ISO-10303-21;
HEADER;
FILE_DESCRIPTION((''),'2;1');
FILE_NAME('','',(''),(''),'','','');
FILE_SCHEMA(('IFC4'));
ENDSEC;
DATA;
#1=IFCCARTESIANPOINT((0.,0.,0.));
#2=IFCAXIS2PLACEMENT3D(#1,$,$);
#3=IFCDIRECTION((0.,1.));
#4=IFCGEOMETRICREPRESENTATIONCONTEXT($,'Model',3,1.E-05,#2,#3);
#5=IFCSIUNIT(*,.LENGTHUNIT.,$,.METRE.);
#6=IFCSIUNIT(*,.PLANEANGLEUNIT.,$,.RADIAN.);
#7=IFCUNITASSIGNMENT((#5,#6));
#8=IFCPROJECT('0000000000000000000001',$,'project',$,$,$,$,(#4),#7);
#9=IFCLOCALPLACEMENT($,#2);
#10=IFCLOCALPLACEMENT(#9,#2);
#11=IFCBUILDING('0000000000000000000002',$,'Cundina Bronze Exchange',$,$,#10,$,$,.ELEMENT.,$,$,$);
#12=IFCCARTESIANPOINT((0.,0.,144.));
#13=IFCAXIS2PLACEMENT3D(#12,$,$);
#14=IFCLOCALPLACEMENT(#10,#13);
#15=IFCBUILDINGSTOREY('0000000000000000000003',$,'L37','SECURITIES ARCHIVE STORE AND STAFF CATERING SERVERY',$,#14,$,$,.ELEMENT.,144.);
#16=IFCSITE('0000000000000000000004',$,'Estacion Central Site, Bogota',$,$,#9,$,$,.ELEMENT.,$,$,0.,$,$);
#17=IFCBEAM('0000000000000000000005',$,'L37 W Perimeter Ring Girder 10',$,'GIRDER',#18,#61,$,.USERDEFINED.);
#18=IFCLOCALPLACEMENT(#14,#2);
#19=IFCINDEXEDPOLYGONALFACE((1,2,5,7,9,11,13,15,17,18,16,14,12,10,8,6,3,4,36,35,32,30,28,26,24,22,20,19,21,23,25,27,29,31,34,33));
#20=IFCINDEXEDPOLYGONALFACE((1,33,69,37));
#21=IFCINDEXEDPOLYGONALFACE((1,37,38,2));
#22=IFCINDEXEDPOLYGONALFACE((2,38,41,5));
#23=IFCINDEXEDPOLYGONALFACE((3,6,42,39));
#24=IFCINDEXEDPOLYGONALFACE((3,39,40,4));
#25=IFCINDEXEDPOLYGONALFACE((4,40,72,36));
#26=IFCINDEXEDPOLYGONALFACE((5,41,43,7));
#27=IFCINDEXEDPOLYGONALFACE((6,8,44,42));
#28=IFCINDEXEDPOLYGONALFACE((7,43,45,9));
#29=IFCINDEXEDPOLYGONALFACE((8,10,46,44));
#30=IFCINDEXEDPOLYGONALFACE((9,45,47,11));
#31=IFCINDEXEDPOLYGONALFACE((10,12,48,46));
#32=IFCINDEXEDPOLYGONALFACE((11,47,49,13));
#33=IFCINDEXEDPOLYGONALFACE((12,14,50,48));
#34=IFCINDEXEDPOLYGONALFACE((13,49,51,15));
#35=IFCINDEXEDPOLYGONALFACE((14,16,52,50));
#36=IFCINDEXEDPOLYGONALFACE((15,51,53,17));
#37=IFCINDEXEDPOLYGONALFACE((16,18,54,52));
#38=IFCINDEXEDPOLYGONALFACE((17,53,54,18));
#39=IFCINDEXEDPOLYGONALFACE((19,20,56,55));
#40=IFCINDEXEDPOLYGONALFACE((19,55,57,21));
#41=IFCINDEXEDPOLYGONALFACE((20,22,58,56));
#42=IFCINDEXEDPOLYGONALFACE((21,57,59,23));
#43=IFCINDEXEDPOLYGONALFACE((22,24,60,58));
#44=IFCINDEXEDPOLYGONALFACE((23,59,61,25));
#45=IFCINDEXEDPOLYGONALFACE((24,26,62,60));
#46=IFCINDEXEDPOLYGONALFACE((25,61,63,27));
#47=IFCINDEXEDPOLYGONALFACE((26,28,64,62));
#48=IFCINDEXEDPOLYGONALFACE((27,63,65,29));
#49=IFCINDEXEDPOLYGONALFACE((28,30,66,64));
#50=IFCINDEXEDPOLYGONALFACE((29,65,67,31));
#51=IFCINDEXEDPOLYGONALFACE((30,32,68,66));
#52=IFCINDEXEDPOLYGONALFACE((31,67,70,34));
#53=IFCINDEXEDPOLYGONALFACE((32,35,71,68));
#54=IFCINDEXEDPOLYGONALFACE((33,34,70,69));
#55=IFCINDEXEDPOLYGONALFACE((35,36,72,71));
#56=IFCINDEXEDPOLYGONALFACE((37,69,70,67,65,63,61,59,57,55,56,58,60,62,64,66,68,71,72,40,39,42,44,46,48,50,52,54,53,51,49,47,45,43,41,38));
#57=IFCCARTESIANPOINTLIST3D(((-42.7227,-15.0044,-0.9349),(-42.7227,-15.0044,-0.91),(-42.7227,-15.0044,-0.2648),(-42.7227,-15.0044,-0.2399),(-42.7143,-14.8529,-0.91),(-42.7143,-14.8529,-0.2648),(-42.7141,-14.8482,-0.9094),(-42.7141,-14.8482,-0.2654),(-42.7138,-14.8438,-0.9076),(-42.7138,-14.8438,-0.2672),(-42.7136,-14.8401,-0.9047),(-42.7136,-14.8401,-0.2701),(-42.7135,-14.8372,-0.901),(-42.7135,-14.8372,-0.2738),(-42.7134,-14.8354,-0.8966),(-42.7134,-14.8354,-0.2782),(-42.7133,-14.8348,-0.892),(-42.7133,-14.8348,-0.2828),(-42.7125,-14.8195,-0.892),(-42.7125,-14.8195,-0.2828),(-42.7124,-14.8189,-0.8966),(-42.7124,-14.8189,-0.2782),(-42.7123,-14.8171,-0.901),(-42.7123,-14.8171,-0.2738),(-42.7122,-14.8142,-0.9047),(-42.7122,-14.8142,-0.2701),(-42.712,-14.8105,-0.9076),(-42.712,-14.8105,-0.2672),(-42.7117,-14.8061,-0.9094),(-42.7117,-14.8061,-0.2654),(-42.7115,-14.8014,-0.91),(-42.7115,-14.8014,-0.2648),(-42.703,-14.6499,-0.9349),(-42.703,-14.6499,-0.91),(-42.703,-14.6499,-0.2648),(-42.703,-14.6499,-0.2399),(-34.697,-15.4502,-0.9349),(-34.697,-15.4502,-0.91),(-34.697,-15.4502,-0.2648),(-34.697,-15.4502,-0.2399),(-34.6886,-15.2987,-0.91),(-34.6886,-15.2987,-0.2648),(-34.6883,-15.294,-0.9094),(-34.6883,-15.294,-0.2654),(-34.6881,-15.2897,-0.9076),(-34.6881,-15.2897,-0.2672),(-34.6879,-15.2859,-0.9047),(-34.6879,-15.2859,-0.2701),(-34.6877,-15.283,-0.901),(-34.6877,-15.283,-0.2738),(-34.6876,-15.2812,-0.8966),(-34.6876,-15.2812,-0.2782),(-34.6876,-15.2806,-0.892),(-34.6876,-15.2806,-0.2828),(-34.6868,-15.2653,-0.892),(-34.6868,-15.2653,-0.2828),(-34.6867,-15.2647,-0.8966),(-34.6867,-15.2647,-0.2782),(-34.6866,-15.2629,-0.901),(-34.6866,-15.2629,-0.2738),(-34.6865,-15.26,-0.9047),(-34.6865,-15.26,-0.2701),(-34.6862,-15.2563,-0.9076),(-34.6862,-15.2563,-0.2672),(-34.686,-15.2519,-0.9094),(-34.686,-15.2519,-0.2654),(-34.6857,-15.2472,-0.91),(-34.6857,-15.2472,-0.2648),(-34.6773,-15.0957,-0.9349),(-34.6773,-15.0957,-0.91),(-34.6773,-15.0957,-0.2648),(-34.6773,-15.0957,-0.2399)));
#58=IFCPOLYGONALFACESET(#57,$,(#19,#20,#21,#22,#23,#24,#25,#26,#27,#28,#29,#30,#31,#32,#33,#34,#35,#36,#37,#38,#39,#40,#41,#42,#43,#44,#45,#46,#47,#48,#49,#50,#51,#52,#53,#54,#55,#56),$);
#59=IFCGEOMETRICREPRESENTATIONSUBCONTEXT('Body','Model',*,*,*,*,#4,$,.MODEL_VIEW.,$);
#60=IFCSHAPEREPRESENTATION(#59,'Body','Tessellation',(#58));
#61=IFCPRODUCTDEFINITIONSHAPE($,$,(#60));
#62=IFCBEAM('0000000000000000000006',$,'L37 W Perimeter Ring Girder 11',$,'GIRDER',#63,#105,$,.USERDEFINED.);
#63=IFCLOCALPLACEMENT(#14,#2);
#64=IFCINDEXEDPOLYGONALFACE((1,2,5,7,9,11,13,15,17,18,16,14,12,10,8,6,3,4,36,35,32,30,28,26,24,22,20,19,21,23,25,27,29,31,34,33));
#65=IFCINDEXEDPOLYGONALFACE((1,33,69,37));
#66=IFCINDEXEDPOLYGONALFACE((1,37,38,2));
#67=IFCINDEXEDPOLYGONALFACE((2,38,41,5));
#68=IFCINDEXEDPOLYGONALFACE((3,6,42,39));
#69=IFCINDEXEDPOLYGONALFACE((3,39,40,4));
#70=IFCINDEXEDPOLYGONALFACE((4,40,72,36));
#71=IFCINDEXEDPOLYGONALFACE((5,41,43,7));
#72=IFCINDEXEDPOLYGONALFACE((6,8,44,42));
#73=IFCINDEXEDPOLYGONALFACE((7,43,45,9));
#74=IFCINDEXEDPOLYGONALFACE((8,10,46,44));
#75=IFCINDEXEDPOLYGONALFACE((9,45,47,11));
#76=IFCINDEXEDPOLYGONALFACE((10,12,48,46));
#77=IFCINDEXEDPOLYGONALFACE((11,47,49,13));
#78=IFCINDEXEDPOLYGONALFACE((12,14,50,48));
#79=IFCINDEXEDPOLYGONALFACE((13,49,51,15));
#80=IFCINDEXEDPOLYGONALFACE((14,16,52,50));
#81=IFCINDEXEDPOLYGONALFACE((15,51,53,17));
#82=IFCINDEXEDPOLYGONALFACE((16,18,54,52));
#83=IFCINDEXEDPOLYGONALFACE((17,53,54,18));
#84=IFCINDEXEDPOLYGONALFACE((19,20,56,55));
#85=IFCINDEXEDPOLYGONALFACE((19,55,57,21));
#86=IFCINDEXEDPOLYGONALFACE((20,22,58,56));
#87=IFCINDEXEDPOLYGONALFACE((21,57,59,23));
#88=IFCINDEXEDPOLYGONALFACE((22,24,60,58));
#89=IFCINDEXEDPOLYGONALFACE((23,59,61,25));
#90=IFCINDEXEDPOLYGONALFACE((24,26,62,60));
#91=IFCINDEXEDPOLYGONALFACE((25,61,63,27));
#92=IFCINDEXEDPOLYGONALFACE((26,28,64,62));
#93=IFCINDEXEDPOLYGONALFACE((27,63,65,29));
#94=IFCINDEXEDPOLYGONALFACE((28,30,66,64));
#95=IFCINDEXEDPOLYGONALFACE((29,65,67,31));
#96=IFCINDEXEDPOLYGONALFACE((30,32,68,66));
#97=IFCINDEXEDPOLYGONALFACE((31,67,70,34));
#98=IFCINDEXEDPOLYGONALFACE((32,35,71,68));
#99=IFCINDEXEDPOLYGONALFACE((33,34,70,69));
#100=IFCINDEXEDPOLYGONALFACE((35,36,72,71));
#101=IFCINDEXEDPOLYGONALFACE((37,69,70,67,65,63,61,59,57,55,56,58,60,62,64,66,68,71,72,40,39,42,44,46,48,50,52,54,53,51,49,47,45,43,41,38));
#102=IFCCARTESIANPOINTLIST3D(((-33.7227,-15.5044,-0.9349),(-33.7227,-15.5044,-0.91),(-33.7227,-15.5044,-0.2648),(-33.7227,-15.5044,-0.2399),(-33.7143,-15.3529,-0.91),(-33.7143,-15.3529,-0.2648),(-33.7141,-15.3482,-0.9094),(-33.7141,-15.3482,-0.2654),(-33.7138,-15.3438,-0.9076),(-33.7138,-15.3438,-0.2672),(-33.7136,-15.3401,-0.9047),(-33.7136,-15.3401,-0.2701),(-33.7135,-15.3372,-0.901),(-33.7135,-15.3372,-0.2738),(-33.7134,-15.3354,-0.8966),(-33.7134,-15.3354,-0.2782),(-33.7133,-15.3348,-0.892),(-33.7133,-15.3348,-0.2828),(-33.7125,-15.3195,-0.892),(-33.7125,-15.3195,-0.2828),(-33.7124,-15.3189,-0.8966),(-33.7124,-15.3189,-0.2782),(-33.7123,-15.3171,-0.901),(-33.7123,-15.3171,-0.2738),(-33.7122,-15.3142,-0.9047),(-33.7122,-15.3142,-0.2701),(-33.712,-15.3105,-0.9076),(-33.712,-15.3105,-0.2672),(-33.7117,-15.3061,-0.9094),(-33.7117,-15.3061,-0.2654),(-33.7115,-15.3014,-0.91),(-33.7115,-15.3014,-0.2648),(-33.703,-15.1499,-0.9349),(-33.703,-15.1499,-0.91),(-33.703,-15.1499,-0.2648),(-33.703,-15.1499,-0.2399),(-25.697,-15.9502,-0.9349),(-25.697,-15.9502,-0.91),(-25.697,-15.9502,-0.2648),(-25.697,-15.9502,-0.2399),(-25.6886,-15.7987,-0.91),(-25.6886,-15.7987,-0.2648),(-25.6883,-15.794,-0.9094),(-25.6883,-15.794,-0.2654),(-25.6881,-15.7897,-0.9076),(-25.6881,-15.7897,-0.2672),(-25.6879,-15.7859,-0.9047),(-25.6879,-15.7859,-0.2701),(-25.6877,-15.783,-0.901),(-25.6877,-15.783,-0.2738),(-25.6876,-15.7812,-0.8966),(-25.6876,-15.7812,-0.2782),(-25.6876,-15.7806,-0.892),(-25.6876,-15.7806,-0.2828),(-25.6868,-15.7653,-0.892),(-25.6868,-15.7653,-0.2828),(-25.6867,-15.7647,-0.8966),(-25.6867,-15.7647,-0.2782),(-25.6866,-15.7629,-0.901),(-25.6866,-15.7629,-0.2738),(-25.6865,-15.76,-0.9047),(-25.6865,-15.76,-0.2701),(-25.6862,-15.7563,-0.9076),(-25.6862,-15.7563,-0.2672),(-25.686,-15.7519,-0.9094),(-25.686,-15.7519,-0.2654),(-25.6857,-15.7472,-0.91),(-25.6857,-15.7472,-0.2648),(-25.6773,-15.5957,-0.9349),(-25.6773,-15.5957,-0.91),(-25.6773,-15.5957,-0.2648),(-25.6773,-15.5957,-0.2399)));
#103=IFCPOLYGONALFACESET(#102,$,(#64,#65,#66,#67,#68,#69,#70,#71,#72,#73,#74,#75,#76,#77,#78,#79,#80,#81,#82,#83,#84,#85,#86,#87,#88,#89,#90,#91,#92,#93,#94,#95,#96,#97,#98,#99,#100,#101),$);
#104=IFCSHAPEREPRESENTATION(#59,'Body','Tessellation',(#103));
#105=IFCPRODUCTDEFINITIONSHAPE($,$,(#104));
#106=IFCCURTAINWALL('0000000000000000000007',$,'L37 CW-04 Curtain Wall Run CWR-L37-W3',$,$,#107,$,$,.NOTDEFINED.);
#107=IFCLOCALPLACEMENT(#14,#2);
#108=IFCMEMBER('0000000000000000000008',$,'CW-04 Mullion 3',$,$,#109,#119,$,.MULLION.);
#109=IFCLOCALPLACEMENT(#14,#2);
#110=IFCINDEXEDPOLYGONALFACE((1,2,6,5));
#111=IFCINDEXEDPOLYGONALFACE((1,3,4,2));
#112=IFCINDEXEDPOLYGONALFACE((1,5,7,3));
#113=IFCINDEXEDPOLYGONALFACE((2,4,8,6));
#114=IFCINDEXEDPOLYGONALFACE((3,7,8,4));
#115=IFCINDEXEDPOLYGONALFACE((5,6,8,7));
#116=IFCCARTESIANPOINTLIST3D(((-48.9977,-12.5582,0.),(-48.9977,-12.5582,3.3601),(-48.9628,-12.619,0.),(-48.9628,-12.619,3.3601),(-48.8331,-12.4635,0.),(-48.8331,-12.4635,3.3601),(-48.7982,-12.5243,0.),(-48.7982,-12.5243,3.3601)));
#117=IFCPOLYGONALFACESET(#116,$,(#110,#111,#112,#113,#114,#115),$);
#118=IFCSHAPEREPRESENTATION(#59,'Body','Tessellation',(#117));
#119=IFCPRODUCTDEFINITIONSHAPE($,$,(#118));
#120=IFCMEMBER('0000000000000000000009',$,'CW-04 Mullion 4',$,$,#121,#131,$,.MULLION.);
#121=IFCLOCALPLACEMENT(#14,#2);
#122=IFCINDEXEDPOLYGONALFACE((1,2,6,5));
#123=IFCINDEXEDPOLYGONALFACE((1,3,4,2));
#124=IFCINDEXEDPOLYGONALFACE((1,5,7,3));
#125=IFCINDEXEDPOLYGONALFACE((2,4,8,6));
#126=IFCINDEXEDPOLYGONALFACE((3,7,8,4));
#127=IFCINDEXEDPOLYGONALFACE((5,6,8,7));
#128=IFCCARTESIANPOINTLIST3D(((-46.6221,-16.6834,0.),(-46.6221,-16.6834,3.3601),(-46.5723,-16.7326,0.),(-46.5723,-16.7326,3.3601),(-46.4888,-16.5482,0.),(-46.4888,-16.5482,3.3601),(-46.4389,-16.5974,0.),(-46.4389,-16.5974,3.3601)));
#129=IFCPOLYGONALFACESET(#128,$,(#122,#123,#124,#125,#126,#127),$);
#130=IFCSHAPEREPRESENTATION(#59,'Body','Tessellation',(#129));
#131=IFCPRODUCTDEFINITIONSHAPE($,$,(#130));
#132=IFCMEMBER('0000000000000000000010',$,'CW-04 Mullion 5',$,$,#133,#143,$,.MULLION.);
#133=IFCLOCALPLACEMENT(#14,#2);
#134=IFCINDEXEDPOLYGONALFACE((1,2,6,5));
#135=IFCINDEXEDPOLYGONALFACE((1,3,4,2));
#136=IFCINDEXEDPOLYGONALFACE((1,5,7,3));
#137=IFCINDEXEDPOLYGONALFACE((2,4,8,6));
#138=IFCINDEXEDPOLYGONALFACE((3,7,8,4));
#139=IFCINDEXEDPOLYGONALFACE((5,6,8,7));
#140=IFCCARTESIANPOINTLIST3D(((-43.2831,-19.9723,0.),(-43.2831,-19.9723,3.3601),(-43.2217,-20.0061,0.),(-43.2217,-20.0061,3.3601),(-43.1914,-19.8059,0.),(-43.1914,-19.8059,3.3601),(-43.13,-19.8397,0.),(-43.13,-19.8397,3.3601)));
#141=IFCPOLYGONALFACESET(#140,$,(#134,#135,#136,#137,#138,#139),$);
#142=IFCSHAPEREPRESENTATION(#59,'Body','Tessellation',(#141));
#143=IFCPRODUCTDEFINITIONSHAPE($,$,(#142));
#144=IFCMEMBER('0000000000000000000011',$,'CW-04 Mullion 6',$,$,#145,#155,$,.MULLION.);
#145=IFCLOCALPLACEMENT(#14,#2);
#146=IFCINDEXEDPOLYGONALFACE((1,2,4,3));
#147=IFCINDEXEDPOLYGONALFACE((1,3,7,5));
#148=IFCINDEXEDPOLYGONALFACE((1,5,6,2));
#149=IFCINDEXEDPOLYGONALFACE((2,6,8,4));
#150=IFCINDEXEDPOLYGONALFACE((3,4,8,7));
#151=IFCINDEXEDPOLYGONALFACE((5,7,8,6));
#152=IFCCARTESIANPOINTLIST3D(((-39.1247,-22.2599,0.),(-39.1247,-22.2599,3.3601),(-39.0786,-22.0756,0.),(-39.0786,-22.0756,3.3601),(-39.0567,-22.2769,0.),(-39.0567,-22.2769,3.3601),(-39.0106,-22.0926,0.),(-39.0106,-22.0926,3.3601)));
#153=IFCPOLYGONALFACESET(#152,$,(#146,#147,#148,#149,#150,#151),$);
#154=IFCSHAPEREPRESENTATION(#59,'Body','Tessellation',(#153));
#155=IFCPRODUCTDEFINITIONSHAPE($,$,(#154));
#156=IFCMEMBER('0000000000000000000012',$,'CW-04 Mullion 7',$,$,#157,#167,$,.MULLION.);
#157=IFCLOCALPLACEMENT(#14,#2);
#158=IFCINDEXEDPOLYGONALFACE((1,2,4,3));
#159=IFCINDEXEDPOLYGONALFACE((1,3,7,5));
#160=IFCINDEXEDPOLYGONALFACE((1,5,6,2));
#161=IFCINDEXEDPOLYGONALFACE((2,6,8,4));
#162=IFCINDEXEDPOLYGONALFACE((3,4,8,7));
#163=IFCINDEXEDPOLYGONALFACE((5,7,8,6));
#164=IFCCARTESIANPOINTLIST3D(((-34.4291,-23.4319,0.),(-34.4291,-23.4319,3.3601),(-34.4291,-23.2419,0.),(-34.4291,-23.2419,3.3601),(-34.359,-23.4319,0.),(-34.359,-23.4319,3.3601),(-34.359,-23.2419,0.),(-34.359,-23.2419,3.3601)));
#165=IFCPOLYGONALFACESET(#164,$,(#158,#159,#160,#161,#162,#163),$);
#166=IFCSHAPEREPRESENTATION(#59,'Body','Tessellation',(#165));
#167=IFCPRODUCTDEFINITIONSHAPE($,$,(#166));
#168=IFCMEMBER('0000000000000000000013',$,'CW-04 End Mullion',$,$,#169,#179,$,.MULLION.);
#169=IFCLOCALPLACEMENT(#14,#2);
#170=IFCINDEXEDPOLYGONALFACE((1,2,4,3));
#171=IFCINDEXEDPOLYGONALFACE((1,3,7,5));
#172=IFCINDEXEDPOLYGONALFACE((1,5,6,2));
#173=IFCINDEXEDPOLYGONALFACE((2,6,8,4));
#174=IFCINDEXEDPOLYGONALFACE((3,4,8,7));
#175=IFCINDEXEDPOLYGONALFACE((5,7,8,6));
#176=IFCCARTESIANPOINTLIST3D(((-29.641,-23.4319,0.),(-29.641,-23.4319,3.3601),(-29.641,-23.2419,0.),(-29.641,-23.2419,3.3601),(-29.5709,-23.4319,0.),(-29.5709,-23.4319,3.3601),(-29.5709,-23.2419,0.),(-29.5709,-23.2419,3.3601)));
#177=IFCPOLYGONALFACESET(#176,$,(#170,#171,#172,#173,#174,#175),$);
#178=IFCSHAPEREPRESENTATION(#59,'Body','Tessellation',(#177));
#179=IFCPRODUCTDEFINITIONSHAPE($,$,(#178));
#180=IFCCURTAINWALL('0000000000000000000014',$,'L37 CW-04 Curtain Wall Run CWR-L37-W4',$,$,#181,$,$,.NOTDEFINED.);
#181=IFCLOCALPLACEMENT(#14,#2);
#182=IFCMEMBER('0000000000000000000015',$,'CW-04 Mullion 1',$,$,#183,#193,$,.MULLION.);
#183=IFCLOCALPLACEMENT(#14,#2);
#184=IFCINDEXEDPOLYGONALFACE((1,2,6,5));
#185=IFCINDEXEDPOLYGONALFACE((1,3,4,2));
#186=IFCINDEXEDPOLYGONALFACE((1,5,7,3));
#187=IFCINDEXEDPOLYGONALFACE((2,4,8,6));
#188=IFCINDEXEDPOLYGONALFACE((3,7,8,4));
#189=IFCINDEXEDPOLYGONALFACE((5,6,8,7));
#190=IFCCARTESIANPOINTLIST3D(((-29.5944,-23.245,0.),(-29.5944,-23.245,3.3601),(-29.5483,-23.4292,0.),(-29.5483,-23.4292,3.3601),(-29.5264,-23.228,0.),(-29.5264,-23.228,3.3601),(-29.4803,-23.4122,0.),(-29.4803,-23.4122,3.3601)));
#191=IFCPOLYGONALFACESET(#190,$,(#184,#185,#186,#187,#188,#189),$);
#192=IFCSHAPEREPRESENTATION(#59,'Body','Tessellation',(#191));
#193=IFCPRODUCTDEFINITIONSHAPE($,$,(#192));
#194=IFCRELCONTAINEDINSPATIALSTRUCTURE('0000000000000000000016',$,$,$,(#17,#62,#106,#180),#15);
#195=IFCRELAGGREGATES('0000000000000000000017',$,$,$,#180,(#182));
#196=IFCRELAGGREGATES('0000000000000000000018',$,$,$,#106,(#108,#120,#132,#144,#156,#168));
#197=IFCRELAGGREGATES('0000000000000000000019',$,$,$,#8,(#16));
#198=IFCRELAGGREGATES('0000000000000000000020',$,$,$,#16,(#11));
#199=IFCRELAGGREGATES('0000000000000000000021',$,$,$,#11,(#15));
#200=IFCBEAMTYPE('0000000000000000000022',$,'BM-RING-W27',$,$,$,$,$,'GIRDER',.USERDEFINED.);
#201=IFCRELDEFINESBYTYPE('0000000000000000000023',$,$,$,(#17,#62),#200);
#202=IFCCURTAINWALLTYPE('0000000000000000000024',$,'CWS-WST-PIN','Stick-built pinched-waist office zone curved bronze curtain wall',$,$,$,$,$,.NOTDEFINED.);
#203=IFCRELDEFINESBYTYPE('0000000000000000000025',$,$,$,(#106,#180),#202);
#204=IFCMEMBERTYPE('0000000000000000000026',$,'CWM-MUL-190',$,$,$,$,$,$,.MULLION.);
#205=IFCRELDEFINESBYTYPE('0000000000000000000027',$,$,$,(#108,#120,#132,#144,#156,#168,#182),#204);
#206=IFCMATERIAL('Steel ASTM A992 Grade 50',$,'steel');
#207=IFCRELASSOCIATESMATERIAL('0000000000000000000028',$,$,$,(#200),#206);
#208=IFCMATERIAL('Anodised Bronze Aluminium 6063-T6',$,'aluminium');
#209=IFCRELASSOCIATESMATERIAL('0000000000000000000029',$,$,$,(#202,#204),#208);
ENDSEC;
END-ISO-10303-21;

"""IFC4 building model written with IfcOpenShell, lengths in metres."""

from ifc_helpers import new_model, si_unit, direction, frame, origin, origin_2d, place, context, subcontext, project, spatial, rectangle, i_section, extrude, material, material_profile, profile_set, type_object, element, aggregate, save


model = new_model("IFC4")

# Units and contexts
model_context = context("Model", 3, precision=1e-05, world=origin(), true_north=direction((0.0, 1.0)))
body_context = subcontext(model_context, "Body", "Model", "MODEL_VIEW")
ifc_project = project(units=[si_unit("LENGTHUNIT", "METRE"), si_unit("PLANEANGLEUNIT", "RADIAN")], contexts=[model_context])

# Site, building, storey
site_placement = place(None, origin())
site = spatial("IfcSite", under=ifc_project, at=site_placement, Name="Estacion Central Site, Bogota", CompositionType="ELEMENT", RefElevation=0.0)
building_placement = place(site_placement, origin())
building = spatial("IfcBuilding", under=site, at=building_placement, Name="Cundina Bronze Exchange", CompositionType="ELEMENT")
storey_placement = place(building_placement, frame((0.0, 0.0, 144.0)))
storey = spatial("IfcBuildingStorey", under=building, at=storey_placement, Name="L37", Description="SECURITIES ARCHIVE STORE AND STAFF CATERING SERVERY", CompositionType="ELEMENT", Elevation=144.0)

# Beams
ifc_material_1 = material(Name="Steel ASTM A992 Grade 50", Category="steel")
ifc_material_profile_1 = material_profile(ifc_material_1, i_section(OverallWidth=0.355, OverallDepth=0.6951, WebThickness=0.0154, FlangeThickness=0.0249, FilletRadius=0.0181, at=origin_2d()), Name="W27X146", Category="steel")
ifc_profile_set_1 = profile_set([ifc_material_profile_1], Name="Steel ASTM A992 Grade 50")
beam_type_1 = type_object("IfcBeamType", Name="BM-RING-W27", ElementType="GIRDER", PredefinedType="USERDEFINED", material=ifc_profile_set_1)
for number, where, z_axis, x_axis, name in (
    (1, (-42.7129, -14.8271, -0.5874), (0.998461, -0.055462, 0.0), (0.055462, 0.998461, 0.0), "L37 W Perimeter Ring Girder 10"),
    (2, (-33.7129, -15.3271, -0.5874), (0.998461, -0.055462, 0.0), (0.055462, 0.998461, 0.0), "L37 W Perimeter Ring Girder 11"),
):
    element("IfcBeam", number, at=place(storey_placement, frame(where, z_axis=z_axis, x_axis=x_axis)), inside=storey, type_object=beam_type_1, Name=name, ObjectType="GIRDER", PredefinedType="USERDEFINED", context=body_context, shape_type="SweptSolid", body=[
        extrude(i_section(OverallWidth=0.355, OverallDepth=0.6951, WebThickness=0.0154, FlangeThickness=0.0249, FilletRadius=0.0181, at=origin_2d()), origin(), (0.0, 0.0, 1.0), 8.0381),
    ])

# Curtain wall, members
ifc_material_2 = material(Name="Anodised Bronze Aluminium 6063-T6", Category="aluminium")
curtain_wall_type = type_object("IfcCurtainWallType", Name="CWS-WST-PIN", Description="Stick-built pinched-waist office zone curved bronze curtain wall", PredefinedType="NOTDEFINED", material=ifc_material_2)
curtain_wall_1_placement = place(storey_placement, origin())
curtain_wall_1 = element("IfcCurtainWall", 3, at=curtain_wall_1_placement, inside=storey, type_object=curtain_wall_type, Name="L37 CW-04 Curtain Wall Run CWR-L37-W3", PredefinedType="NOTDEFINED")
ifc_material_profile_2 = material_profile(ifc_material_2, rectangle(XDim=0.0701, YDim=0.1899, at=origin_2d()), Name="AL70X190", Category="aluminium")
ifc_profile_set_2 = profile_set([ifc_material_profile_2], Name="Anodised Bronze Aluminium 6063-T6")
member_type_1 = type_object("IfcMemberType", Name="CWM-MUL-190", PredefinedType="MULLION", material=ifc_profile_set_2)
member_1_placement = place(storey_placement, frame((-48.8979, -12.5413, 0.0), z_axis=(0.0, 0.0, 1.0), x_axis=(0.498488, -0.866897, 0.0)))
member_1 = element("IfcMember", 4, at=member_1_placement, type_object=member_type_1, Name="CW-04 Mullion 3", PredefinedType="MULLION", context=body_context, shape_type="SweptSolid", body=[
    extrude(rectangle(XDim=0.0701, YDim=0.1899, at=origin_2d()), origin(), (0.0, 0.0, 1.0), 3.3601),
])
member_2_placement = place(storey_placement, frame((-46.5305, -16.6404, 0.0), z_axis=(0.0, 0.0, 1.0), x_axis=(0.712026, -0.702153, 0.0)))
member_2 = element("IfcMember", 5, at=member_2_placement, type_object=member_type_1, Name="CW-04 Mullion 4", PredefinedType="MULLION", context=body_context, shape_type="SweptSolid", body=[
    extrude(rectangle(XDim=0.0701, YDim=0.1899, at=origin_2d()), origin(), (0.0, 0.0, 1.0), 3.3601),
])
member_3_placement = place(storey_placement, frame((-43.2065, -19.906, 0.0), z_axis=(0.0, 0.0, 1.0), x_axis=(0.875886, -0.482518, 0.0)))
member_3 = element("IfcMember", 6, at=member_3_placement, type_object=member_type_1, Name="CW-04 Mullion 5", PredefinedType="MULLION", context=body_context, shape_type="SweptSolid", body=[
    extrude(rectangle(XDim=0.0701, YDim=0.1899, at=origin_2d()), origin(), (0.0, 0.0, 1.0), 3.3601),
])
member_4_placement = place(storey_placement, frame((-39.0676, -22.1763, 0.0), z_axis=(0.0, 0.0, 1.0), x_axis=(0.970084, -0.242769, 0.0)))
member_4 = element("IfcMember", 7, at=member_4_placement, type_object=member_type_1, Name="CW-04 Mullion 6", PredefinedType="MULLION", context=body_context, shape_type="SweptSolid", body=[
    extrude(rectangle(XDim=0.0701, YDim=0.1899, at=origin_2d()), origin(), (0.0, 0.0, 1.0), 3.3601),
])
member_5_placement = place(storey_placement, frame((-34.394, -23.3369, 0.0), z_axis=(0.0, 0.0, 1.0), x_axis=(1.0, 0.0, 0.0)))
member_5 = element("IfcMember", 8, at=member_5_placement, type_object=member_type_1, Name="CW-04 Mullion 7", PredefinedType="MULLION", context=body_context, shape_type="SweptSolid", body=[
    extrude(rectangle(XDim=0.0701, YDim=0.1899, at=origin_2d()), origin(), (0.0, 0.0, 1.0), 3.3601),
])
member_6_placement = place(storey_placement, frame((-29.606, -23.3369, 0.0), z_axis=(0.0, 0.0, 1.0), x_axis=(1.0, 0.0, 0.0)))
member_6 = element("IfcMember", 9, at=member_6_placement, type_object=member_type_1, Name="CW-04 End Mullion", PredefinedType="MULLION", context=body_context, shape_type="SweptSolid", body=[
    extrude(rectangle(XDim=0.0701, YDim=0.1899, at=origin_2d()), origin(), (0.0, 0.0, 1.0), 3.3601),
])

# Curtain wall, member
curtain_wall_2_placement = place(storey_placement, origin())
curtain_wall_2 = element("IfcCurtainWall", 10, at=curtain_wall_2_placement, inside=storey, type_object=curtain_wall_type, Name="L37 CW-04 Curtain Wall Run CWR-L37-W4", PredefinedType="NOTDEFINED")
member_7_placement = place(storey_placement, frame((-29.5374, -23.3286, 0.0), z_axis=(0.0, 0.0, 1.0), x_axis=(0.970084, 0.242769, 0.0)))
member_7 = element("IfcMember", 11, at=member_7_placement, type_object=member_type_1, Name="CW-04 Mullion 1", PredefinedType="MULLION", context=body_context, shape_type="SweptSolid", body=[
    extrude(rectangle(XDim=0.0701, YDim=0.1899, at=origin_2d()), origin(), (0.0, 0.0, 1.0), 3.3601),
])

aggregate(curtain_wall_2, [member_7])

aggregate(curtain_wall_1, [member_1, member_2, member_3, member_4, member_5, member_6])

save(model, "model.ifc")
